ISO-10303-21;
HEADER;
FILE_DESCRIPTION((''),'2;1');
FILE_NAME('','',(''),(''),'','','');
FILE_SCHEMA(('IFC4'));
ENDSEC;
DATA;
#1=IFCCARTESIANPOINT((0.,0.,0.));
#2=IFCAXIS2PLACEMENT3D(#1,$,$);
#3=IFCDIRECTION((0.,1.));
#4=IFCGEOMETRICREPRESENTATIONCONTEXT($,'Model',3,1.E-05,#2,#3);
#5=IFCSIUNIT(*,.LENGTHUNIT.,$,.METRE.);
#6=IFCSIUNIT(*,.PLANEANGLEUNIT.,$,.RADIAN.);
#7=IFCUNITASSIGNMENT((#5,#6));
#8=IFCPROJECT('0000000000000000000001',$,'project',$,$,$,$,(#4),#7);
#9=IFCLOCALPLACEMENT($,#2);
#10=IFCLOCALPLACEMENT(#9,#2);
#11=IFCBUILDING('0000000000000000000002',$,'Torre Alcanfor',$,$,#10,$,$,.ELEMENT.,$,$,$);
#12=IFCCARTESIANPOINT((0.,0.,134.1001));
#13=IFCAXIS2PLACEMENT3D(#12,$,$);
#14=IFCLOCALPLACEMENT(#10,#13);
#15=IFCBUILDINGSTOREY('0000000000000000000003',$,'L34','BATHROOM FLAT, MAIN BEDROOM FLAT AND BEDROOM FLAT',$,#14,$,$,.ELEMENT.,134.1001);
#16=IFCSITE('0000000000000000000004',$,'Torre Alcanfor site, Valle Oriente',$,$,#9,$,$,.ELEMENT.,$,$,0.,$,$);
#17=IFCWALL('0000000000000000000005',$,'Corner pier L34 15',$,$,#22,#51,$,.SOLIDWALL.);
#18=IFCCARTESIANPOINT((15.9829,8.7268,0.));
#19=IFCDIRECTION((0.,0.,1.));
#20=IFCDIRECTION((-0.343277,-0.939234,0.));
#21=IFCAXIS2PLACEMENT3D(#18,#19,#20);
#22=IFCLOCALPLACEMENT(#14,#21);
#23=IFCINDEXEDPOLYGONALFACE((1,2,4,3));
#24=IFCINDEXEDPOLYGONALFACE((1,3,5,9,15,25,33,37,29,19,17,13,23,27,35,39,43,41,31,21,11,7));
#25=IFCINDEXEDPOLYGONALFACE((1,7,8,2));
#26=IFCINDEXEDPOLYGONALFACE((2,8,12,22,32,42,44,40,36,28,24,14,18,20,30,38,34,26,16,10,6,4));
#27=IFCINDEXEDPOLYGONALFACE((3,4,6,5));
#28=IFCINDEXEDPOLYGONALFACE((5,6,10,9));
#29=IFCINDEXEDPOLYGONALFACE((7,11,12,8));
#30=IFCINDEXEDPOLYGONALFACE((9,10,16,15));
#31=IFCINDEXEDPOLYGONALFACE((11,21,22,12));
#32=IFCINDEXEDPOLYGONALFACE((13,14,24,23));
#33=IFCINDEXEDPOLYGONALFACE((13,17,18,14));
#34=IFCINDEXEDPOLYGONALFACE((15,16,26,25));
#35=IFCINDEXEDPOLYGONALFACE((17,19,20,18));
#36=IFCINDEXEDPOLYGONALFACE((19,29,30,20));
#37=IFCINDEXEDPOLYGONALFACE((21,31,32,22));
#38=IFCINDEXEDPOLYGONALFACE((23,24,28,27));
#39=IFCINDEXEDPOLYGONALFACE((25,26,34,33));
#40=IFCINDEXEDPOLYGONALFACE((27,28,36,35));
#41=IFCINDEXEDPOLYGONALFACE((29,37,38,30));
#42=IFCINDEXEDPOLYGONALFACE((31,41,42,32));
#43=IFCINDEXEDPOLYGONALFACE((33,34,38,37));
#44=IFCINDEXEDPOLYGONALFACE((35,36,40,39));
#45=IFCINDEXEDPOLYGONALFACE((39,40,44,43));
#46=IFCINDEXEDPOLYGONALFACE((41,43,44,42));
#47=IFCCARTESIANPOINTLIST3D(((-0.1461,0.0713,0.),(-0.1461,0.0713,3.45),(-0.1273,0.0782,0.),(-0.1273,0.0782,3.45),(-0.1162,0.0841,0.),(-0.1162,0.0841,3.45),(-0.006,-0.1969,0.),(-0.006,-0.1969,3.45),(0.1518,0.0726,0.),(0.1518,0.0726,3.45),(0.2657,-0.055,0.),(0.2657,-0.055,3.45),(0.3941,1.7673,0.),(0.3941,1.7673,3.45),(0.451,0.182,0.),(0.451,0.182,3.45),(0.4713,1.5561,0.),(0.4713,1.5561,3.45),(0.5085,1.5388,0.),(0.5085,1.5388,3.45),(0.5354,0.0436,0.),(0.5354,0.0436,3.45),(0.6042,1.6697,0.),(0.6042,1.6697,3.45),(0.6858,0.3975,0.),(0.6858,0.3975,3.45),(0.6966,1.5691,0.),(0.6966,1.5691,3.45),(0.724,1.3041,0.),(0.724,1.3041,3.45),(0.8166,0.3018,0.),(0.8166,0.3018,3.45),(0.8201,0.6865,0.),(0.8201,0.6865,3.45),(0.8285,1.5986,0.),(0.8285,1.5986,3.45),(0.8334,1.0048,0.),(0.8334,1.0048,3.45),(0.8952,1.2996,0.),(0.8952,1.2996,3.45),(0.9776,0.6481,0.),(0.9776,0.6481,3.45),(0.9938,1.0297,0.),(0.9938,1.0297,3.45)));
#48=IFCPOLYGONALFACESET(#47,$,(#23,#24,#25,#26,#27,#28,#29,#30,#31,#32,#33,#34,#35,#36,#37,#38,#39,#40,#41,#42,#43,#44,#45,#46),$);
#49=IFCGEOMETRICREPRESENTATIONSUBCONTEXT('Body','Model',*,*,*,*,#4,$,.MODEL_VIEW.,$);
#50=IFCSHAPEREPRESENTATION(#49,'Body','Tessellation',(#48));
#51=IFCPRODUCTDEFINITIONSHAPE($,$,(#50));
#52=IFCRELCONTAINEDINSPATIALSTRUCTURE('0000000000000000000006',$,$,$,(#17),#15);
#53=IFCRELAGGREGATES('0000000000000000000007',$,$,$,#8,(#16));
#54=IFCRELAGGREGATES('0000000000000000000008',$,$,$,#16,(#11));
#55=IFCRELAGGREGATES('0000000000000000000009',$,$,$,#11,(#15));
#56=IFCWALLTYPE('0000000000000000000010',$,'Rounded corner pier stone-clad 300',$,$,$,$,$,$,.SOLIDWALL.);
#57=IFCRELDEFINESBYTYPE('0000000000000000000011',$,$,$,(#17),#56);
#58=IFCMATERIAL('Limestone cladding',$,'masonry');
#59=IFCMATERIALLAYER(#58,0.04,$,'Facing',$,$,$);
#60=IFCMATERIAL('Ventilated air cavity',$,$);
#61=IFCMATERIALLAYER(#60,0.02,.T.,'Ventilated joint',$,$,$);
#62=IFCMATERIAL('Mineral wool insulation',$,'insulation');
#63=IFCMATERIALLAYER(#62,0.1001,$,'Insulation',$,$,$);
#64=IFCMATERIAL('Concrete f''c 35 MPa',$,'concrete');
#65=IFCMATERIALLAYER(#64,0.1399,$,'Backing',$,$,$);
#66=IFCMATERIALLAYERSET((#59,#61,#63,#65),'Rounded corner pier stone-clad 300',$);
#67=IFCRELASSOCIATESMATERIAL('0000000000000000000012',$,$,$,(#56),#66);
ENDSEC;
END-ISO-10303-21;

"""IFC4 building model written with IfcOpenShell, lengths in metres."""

from ifc_helpers import new_model, si_unit, direction, frame, origin, place, context, subcontext, project, spatial, polyline, outline, extrude, material, layer, layer_set, type_object, element, save


model = new_model("IFC4")

# Units and contexts
model_context = context("Model", 3, precision=1e-05, world=origin(), true_north=direction((0.0, 1.0)))
body_context = subcontext(model_context, "Body", "Model", "MODEL_VIEW")
ifc_project = project(units=[si_unit("LENGTHUNIT", "METRE"), si_unit("PLANEANGLEUNIT", "RADIAN")], contexts=[model_context])

# Site, building, storey
site_placement = place(None, origin())
site = spatial("IfcSite", under=ifc_project, at=site_placement, Name="Torre Alcanfor site, Valle Oriente", CompositionType="ELEMENT", RefElevation=0.0)
building_placement = place(site_placement, origin())
building = spatial("IfcBuilding", under=site, at=building_placement, Name="Torre Alcanfor", CompositionType="ELEMENT")
storey_placement = place(building_placement, frame((0.0, 0.0, 134.1001)))
storey = spatial("IfcBuildingStorey", under=building, at=storey_placement, Name="L34", Description="BATHROOM FLAT, MAIN BEDROOM FLAT AND BEDROOM FLAT", CompositionType="ELEMENT", Elevation=134.1001)

# Shared definitions
ifc_material_1 = material(Name="Limestone cladding", Category="masonry")
ifc_material_2 = material(Name="Ventilated air cavity")
ifc_material_3 = material(Name="Mineral wool insulation", Category="insulation")
ifc_material_4 = material(Name="Concrete f'c 35 MPa", Category="concrete")

# Wall
ifc_layer_1 = layer(ifc_material_1, 0.04, Name="Facing")
ifc_layer_2 = layer(ifc_material_2, 0.02, ventilated=True, Name="Ventilated joint")
ifc_layer_3 = layer(ifc_material_3, 0.1001, Name="Insulation")
ifc_layer_4 = layer(ifc_material_4, 0.1399, Name="Backing")
ifc_layer_set_1 = layer_set([ifc_layer_1, ifc_layer_2, ifc_layer_3, ifc_layer_4], Name="Rounded corner pier stone-clad 300")
wall_type_1 = type_object("IfcWallType", Name="Rounded corner pier stone-clad 300", PredefinedType="SOLIDWALL", material=ifc_layer_set_1)
wall_1_placement = place(storey_placement, frame((15.9829, 8.7268, 0.0), z_axis=(0.0, 0.0, 1.0), x_axis=(-0.343277, -0.939234, 0.0)))
element("IfcWall", 1, at=wall_1_placement, inside=storey, type_object=wall_type_1, Name="Corner pier L34 15", PredefinedType="SOLIDWALL", context=body_context, shape_type="SweptSolid", body=[
    extrude(outline(polyline([(0.8285, 1.5986), (0.6966, 1.5691), (0.6042, 1.6697), (0.3941, 1.7673), (0.4713, 1.5561), (0.5085, 1.5388), (0.724, 1.3041), (0.8334, 1.0048), (0.8201, 0.6865), (0.6858, 0.3975), (0.451, 0.182), (0.1518, 0.0726), (-0.1162, 0.0841), (-0.1273, 0.0782), (-0.1461, 0.0713), (-0.006, -0.1969), (0.2657, -0.055), (0.5354, 0.0436), (0.8166, 0.3018), (0.9776, 0.6481), (0.9938, 1.0297), (0.8952, 1.2996), (0.8285, 1.5986)])), origin(), (0.0, 0.0, 1.0), 3.45),
])

save(model, "model.ifc")
